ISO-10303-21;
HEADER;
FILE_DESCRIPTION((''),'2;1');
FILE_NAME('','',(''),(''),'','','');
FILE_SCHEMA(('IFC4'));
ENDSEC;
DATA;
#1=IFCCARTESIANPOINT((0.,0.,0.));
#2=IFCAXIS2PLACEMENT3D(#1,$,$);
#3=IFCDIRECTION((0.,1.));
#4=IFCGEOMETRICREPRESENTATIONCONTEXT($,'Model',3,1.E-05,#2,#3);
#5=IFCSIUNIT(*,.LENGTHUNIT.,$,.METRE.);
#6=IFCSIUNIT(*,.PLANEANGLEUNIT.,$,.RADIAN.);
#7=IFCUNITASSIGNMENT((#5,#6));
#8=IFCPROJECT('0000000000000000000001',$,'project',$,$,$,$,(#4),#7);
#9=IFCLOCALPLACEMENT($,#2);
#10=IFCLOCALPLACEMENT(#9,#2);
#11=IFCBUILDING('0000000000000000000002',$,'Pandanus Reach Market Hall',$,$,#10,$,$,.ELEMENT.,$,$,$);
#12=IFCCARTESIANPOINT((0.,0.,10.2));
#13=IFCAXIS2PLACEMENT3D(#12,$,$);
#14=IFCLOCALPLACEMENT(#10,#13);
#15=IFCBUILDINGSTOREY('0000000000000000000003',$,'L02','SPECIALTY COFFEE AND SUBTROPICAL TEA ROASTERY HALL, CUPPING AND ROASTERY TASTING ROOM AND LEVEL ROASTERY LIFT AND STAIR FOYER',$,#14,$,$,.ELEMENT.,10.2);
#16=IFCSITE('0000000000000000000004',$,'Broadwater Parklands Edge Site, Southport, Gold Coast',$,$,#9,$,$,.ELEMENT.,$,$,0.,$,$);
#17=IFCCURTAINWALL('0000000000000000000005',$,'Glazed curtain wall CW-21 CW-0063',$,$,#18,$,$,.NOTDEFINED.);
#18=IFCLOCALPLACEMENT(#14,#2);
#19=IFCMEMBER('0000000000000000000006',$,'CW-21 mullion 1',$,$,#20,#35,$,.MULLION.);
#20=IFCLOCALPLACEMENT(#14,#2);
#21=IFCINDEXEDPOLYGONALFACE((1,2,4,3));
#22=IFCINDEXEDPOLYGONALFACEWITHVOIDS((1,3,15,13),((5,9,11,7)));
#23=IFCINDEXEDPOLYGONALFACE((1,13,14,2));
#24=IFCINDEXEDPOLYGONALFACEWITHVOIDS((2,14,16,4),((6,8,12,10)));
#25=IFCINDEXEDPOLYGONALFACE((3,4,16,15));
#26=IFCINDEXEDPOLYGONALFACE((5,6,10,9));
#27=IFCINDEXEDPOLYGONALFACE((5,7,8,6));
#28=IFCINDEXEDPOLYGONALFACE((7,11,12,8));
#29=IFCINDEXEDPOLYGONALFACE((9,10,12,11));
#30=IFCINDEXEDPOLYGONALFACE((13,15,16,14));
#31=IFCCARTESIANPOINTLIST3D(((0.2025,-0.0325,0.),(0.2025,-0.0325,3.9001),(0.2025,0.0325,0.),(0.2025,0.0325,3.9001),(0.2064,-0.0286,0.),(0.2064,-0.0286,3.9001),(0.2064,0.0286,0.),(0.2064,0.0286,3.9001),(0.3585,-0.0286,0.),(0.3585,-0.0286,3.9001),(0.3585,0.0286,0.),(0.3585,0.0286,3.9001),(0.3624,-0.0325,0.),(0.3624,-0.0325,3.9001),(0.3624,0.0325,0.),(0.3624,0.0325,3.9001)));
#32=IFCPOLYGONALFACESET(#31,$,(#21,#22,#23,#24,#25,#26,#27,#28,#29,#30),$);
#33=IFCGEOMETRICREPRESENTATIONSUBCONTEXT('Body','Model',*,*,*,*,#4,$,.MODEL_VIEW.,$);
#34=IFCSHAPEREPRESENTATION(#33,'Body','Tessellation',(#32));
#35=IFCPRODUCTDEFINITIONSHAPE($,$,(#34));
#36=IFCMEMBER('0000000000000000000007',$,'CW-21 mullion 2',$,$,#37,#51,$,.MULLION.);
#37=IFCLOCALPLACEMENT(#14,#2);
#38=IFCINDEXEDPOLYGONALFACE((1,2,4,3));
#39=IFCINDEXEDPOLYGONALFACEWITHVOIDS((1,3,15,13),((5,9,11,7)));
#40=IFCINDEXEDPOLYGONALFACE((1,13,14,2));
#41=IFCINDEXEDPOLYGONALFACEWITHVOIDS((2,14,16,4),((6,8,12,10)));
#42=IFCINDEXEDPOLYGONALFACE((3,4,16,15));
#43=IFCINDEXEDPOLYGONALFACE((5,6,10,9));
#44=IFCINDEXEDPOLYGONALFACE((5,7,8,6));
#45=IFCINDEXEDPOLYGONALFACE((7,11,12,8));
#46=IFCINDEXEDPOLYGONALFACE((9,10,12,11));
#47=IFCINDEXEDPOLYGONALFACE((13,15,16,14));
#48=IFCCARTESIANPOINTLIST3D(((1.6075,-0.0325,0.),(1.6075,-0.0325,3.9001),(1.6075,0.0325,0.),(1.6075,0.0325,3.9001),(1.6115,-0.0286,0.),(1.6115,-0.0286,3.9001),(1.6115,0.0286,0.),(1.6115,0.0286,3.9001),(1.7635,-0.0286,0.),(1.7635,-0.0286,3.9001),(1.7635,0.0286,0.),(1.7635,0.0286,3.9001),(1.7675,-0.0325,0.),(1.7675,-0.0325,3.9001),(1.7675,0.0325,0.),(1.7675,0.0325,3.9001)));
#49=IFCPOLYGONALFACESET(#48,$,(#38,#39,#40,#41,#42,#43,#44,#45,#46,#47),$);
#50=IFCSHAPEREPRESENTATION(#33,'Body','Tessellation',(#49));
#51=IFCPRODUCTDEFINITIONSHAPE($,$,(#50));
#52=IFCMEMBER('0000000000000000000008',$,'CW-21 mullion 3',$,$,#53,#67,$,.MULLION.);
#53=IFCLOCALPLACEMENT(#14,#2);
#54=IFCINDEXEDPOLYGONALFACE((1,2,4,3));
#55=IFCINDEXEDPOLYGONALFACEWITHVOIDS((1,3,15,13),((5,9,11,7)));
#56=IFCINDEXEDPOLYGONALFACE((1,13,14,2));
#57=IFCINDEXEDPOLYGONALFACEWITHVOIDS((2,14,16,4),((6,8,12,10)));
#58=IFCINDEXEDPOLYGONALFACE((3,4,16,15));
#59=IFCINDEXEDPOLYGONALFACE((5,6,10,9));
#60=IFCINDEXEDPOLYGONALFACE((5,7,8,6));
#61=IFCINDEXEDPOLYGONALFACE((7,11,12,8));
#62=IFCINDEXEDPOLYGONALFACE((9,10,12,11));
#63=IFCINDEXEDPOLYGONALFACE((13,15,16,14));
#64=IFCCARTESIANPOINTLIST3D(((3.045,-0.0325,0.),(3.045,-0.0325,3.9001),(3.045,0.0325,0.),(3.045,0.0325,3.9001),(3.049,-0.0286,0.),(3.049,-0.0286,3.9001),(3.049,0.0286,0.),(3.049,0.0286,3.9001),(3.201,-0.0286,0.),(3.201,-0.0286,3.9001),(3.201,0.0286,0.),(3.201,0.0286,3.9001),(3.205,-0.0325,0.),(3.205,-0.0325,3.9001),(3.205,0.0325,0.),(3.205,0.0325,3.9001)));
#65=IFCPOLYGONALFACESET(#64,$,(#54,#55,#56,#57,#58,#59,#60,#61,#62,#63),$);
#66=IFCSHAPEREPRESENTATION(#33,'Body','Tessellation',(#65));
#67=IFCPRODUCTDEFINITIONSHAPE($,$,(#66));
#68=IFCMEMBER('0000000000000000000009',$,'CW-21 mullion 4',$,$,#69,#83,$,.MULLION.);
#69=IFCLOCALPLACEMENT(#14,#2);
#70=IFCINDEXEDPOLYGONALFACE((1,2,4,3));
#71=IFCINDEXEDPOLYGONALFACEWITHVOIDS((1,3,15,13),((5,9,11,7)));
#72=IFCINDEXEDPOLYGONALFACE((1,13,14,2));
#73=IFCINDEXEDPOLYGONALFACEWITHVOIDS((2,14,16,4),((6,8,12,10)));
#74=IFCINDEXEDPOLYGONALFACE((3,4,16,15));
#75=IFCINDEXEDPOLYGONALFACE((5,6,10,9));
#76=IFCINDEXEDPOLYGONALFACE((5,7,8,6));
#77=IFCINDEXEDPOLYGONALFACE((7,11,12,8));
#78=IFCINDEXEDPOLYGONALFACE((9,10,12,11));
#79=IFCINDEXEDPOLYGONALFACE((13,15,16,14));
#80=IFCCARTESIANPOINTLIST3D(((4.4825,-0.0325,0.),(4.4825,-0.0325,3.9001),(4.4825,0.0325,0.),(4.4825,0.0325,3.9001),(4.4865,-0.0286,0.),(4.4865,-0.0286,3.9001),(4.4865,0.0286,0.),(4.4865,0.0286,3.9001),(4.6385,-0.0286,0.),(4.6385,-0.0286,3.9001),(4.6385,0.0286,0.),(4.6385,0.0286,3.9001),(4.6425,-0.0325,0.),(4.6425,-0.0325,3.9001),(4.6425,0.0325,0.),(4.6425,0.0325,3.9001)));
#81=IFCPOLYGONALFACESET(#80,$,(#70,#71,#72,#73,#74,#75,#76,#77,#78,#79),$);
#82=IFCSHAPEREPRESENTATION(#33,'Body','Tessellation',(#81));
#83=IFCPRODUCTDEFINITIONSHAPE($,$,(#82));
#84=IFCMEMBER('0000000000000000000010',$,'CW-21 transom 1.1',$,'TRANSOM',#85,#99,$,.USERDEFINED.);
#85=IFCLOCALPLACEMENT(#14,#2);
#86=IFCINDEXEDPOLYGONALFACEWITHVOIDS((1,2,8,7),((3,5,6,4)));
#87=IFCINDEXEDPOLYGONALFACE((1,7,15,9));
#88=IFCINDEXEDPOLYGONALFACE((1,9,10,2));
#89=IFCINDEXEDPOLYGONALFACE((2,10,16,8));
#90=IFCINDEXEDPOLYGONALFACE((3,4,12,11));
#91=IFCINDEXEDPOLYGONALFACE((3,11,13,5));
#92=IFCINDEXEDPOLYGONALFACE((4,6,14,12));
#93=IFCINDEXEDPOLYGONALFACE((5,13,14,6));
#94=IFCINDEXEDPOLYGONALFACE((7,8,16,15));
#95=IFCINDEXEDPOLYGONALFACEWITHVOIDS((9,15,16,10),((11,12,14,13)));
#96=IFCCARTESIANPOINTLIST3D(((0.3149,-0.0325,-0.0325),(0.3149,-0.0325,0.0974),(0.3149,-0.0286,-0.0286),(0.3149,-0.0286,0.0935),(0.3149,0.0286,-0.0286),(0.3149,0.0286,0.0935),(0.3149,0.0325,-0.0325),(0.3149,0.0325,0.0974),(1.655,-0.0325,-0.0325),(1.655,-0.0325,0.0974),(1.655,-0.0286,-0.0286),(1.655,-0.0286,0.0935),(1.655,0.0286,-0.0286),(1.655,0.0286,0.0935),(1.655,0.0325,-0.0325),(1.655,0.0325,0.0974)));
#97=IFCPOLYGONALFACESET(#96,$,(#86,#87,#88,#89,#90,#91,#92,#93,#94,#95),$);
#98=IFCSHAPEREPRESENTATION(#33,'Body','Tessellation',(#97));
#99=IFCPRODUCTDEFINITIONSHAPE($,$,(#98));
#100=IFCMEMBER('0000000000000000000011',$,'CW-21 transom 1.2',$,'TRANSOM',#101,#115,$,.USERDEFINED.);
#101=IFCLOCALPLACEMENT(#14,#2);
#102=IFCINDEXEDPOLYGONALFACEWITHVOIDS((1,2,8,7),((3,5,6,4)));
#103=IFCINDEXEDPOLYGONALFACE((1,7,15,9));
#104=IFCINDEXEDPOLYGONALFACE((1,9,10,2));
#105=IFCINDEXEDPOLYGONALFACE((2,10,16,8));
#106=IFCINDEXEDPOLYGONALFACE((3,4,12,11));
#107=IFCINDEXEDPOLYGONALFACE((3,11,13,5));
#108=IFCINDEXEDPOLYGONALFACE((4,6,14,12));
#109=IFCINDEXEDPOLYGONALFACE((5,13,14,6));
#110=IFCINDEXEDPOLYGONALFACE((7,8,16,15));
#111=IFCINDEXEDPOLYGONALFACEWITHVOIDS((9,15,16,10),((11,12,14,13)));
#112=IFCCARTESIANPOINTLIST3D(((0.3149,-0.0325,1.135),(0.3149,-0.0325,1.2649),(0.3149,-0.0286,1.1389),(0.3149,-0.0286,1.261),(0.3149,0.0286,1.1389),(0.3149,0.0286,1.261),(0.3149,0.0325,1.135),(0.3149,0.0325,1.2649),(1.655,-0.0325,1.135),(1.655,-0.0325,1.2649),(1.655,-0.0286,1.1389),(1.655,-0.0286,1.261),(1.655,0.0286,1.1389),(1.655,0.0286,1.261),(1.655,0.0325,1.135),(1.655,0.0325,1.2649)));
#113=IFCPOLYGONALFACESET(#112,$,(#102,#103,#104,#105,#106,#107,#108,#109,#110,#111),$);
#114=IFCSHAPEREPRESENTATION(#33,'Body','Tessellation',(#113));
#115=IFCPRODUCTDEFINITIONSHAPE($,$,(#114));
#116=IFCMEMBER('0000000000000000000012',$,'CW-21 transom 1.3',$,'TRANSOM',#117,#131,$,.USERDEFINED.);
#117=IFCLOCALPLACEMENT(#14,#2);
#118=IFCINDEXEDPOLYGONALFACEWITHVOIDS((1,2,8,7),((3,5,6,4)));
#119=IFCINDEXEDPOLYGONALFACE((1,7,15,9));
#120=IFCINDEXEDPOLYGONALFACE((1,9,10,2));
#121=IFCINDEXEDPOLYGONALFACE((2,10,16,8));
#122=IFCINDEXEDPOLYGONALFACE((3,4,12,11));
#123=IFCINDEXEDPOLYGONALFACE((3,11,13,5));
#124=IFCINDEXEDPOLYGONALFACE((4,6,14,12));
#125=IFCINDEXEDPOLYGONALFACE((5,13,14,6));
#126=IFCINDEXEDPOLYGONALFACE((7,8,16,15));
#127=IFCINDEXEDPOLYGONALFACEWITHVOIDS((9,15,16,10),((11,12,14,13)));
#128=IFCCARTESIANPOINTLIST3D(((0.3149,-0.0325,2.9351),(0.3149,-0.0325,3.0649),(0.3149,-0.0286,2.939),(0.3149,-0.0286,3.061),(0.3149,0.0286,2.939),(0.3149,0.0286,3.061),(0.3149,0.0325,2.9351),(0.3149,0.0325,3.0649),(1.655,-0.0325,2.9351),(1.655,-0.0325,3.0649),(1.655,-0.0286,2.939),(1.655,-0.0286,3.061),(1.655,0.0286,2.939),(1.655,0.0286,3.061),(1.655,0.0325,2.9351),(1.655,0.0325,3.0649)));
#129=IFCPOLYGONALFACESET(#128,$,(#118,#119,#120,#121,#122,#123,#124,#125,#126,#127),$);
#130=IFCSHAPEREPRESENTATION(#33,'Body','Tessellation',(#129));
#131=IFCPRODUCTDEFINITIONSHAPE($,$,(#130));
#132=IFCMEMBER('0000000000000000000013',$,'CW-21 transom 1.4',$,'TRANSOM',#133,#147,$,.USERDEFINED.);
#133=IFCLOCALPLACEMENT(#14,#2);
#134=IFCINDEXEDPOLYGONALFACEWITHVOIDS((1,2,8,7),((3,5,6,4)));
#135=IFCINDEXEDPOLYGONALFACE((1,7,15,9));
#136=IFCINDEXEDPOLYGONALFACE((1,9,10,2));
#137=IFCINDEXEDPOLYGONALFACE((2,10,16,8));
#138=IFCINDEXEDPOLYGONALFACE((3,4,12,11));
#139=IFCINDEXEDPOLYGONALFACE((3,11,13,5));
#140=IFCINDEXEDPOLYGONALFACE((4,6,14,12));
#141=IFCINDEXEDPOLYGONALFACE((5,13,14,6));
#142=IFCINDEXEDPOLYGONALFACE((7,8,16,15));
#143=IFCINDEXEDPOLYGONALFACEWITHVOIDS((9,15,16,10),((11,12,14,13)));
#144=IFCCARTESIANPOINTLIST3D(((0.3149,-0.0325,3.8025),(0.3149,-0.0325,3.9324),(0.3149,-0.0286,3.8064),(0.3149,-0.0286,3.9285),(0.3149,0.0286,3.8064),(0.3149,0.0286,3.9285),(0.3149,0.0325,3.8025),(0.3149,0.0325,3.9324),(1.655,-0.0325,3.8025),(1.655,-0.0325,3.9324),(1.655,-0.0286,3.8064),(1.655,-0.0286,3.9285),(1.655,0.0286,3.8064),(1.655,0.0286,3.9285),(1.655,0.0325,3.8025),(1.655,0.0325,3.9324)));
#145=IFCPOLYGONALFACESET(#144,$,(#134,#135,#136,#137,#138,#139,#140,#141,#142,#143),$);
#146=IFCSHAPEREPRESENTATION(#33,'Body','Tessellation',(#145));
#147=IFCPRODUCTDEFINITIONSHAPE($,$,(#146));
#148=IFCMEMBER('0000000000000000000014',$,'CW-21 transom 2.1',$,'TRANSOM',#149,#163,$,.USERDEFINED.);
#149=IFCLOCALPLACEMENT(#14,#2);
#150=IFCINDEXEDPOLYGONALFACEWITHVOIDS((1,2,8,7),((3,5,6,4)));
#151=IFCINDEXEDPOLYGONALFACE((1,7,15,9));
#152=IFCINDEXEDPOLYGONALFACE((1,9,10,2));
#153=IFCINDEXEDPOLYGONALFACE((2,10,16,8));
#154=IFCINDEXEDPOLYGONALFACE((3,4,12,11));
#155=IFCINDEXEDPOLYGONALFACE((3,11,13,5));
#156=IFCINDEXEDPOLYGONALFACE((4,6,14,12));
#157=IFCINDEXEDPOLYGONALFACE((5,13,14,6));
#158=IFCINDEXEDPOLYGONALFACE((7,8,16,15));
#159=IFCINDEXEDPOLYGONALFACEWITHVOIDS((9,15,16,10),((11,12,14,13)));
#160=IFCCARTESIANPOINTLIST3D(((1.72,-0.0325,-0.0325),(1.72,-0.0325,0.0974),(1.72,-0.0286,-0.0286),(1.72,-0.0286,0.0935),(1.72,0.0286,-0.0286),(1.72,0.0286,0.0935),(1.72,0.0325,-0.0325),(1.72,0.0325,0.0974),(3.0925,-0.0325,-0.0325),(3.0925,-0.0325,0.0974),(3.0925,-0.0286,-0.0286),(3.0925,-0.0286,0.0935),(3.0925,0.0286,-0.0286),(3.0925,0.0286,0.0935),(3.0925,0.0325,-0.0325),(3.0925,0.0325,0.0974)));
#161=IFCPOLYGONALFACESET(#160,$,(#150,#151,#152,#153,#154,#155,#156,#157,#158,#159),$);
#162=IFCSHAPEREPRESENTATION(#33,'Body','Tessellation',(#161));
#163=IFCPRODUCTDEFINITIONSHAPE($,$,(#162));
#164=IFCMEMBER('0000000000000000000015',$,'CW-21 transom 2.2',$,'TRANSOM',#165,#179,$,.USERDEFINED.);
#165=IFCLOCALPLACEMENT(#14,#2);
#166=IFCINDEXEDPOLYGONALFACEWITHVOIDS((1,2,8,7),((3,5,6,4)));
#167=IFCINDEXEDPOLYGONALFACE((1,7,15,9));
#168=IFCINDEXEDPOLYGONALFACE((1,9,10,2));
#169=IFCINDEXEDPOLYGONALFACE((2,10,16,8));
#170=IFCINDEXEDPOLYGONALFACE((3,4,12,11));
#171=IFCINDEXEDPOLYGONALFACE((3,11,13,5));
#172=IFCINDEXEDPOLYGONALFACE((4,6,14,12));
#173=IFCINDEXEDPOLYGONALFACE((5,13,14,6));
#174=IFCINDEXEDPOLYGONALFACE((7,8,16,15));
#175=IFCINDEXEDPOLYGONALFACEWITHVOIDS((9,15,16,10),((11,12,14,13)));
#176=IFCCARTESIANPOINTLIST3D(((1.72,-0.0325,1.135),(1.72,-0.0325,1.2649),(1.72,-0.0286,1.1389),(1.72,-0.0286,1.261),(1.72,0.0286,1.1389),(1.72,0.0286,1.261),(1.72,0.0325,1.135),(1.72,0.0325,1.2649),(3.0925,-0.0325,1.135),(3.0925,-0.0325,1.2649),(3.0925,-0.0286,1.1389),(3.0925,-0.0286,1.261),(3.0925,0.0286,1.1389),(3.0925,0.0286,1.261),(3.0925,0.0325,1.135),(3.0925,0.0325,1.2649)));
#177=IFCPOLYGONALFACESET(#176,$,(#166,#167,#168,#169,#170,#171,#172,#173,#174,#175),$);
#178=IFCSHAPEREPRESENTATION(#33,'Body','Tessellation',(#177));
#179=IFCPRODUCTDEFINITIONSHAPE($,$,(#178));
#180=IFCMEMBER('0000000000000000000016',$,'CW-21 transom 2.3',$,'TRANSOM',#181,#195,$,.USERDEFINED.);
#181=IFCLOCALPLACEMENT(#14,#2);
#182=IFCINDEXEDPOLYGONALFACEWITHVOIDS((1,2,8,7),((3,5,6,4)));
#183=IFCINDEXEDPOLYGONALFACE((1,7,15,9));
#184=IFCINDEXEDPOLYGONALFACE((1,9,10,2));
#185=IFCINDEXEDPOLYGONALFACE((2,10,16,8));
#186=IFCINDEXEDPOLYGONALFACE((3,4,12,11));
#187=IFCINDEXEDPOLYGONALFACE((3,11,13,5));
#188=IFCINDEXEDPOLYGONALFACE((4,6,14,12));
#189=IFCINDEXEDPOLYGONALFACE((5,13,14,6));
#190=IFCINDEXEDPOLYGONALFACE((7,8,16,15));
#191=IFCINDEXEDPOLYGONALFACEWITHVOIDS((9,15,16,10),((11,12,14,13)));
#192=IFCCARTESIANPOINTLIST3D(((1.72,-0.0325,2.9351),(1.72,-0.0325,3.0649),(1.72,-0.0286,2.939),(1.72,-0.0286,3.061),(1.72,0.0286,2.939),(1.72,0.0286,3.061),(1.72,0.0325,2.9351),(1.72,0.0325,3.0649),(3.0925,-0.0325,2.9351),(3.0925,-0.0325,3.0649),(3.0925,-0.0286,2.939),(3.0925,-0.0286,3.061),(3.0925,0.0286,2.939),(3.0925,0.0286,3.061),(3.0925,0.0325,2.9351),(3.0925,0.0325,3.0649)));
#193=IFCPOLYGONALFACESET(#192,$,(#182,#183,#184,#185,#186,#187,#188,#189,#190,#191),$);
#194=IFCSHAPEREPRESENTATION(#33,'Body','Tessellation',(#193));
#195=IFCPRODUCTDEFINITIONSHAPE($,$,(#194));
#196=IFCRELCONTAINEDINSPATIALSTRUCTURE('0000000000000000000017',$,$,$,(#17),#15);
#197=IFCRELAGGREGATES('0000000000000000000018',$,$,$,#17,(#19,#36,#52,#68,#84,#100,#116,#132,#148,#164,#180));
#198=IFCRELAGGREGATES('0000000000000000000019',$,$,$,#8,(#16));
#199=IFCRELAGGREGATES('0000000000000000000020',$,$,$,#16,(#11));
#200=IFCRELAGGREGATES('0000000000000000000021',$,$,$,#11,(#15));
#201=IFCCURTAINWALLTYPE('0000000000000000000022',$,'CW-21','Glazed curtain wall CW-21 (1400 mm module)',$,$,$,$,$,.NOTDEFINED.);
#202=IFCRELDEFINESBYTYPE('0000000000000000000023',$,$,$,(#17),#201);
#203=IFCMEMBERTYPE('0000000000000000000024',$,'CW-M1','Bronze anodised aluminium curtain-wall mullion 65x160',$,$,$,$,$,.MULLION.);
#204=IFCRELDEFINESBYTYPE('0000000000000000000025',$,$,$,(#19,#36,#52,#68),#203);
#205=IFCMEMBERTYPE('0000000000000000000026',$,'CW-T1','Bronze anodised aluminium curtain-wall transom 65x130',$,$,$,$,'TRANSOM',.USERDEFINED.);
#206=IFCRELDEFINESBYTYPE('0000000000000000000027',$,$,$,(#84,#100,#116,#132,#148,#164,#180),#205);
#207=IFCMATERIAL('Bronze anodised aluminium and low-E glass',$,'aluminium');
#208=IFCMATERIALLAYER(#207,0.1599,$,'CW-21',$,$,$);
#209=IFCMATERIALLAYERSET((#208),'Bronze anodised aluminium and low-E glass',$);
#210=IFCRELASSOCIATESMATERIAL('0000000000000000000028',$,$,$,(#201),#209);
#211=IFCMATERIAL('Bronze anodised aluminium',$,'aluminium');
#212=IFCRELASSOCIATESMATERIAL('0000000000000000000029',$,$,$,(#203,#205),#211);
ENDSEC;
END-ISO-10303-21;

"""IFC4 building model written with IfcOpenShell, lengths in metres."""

from ifc_helpers import new_model, si_unit, direction, frame, origin, origin_2d, place, context, subcontext, project, spatial, hollow_rectangle, extrude, material, layer, layer_set, material_profile, profile_set, type_object, element, aggregate, save


model = new_model("IFC4")

# Units and contexts
model_context = context("Model", 3, precision=1e-05, world=origin(), true_north=direction((0.0, 1.0)))
body_context = subcontext(model_context, "Body", "Model", "MODEL_VIEW")
ifc_project = project(units=[si_unit("LENGTHUNIT", "METRE"), si_unit("PLANEANGLEUNIT", "RADIAN")], contexts=[model_context])

# Site, building, storey
site_placement = place(None, origin())
site = spatial("IfcSite", under=ifc_project, at=site_placement, Name="Broadwater Parklands Edge Site, Southport, Gold Coast", CompositionType="ELEMENT", RefElevation=0.0)
building_placement = place(site_placement, origin())
building = spatial("IfcBuilding", under=site, at=building_placement, Name="Pandanus Reach Market Hall", CompositionType="ELEMENT")
storey_placement = place(building_placement, frame((0.0, 0.0, 10.2)))
storey = spatial("IfcBuildingStorey", under=building, at=storey_placement, Name="L02", Description="SPECIALTY COFFEE AND SUBTROPICAL TEA ROASTERY HALL, CUPPING AND ROASTERY TASTING ROOM AND LEVEL ROASTERY LIFT AND STAIR FOYER", CompositionType="ELEMENT", Elevation=10.2)

# Curtain wall, members
ifc_material_1 = material(Name="Bronze anodised aluminium and low-E glass", Category="aluminium")
ifc_layer_1 = layer(ifc_material_1, 0.1599, Name="CW-21")
ifc_layer_set_1 = layer_set([ifc_layer_1], Name="Bronze anodised aluminium and low-E glass")
curtain_wall_type = type_object("IfcCurtainWallType", Name="CW-21", Description="Glazed curtain wall CW-21 (1400 mm module)", PredefinedType="NOTDEFINED", material=ifc_layer_set_1)
curtain_wall_placement = place(storey_placement, origin())
curtain_wall = element("IfcCurtainWall", 1, at=curtain_wall_placement, inside=storey, type_object=curtain_wall_type, Name="Glazed curtain wall CW-21 CW-0063", PredefinedType="NOTDEFINED")
ifc_material_2 = material(Name="Bronze anodised aluminium", Category="aluminium")
ifc_material_profile_1 = material_profile(ifc_material_2, hollow_rectangle(XDim=0.0649, YDim=0.1599, WallThickness=0.0039, at=origin_2d()), Name="ALU65x160", Category="LoadBearing")
ifc_profile_set_1 = profile_set([ifc_material_profile_1], Name="Bronze anodised aluminium")
member_type_1 = type_object("IfcMemberType", Name="CW-M1", Description="Bronze anodised aluminium curtain-wall mullion 65x160", PredefinedType="MULLION", material=ifc_profile_set_1)
member_1_placement = place(storey_placement, frame((0.2825, 0.0, 0.0), z_axis=(0.0, 0.0, 1.0), x_axis=(0.0, 1.0, 0.0)))
member_1 = element("IfcMember", 2, at=member_1_placement, type_object=member_type_1, Name="CW-21 mullion 1", PredefinedType="MULLION", context=body_context, shape_type="SweptSolid", body=[
    extrude(hollow_rectangle(XDim=0.0649, YDim=0.1599, WallThickness=0.0039, at=origin_2d()), origin(), (0.0, 0.0, 1.0), 3.9001),
])
member_2_placement = place(storey_placement, frame((1.6875, 0.0, 0.0), z_axis=(0.0, 0.0, 1.0), x_axis=(0.0, 1.0, 0.0)))
member_2 = element("IfcMember", 3, at=member_2_placement, type_object=member_type_1, Name="CW-21 mullion 2", PredefinedType="MULLION", context=body_context, shape_type="SweptSolid", body=[
    extrude(hollow_rectangle(XDim=0.0649, YDim=0.1599, WallThickness=0.0039, at=origin_2d()), origin(), (0.0, 0.0, 1.0), 3.9001),
])
member_3_placement = place(storey_placement, frame((3.125, 0.0, 0.0), z_axis=(0.0, 0.0, 1.0), x_axis=(0.0, 1.0, 0.0)))
member_3 = element("IfcMember", 4, at=member_3_placement, type_object=member_type_1, Name="CW-21 mullion 3", PredefinedType="MULLION", context=body_context, shape_type="SweptSolid", body=[
    extrude(hollow_rectangle(XDim=0.0649, YDim=0.1599, WallThickness=0.0039, at=origin_2d()), origin(), (0.0, 0.0, 1.0), 3.9001),
])
member_4_placement = place(storey_placement, frame((4.5625, 0.0, 0.0), z_axis=(0.0, 0.0, 1.0), x_axis=(0.0, 1.0, 0.0)))
member_4 = element("IfcMember", 5, at=member_4_placement, type_object=member_type_1, Name="CW-21 mullion 4", PredefinedType="MULLION", context=body_context, shape_type="SweptSolid", body=[
    extrude(hollow_rectangle(XDim=0.0649, YDim=0.1599, WallThickness=0.0039, at=origin_2d()), origin(), (0.0, 0.0, 1.0), 3.9001),
])
ifc_material_profile_2 = material_profile(ifc_material_2, hollow_rectangle(XDim=0.0649, YDim=0.1299, WallThickness=0.0039, at=origin_2d()), Name="ALU65x130", Category="LoadBearing")
ifc_profile_set_2 = profile_set([ifc_material_profile_2], Name="Bronze anodised aluminium")
member_type_2 = type_object("IfcMemberType", Name="CW-T1", Description="Bronze anodised aluminium curtain-wall transom 65x130", ElementType="TRANSOM", PredefinedType="USERDEFINED", material=ifc_profile_set_2)
member_5_placement = place(storey_placement, frame((0.3149, 0.0, 0.0325), z_axis=(1.0, 0.0, 0.0), x_axis=(0.0, 1.0, 0.0)))
member_5 = element("IfcMember", 6, at=member_5_placement, type_object=member_type_2, Name="CW-21 transom 1.1", ObjectType="TRANSOM", PredefinedType="USERDEFINED", context=body_context, shape_type="SweptSolid", body=[
    extrude(hollow_rectangle(XDim=0.0649, YDim=0.1299, WallThickness=0.0039, at=origin_2d()), origin(), (0.0, 0.0, 1.0), 1.3401),
])
member_6_placement = place(storey_placement, frame((0.3149, 0.0, 1.2), z_axis=(1.0, 0.0, 0.0), x_axis=(0.0, 1.0, 0.0)))
member_6 = element("IfcMember", 7, at=member_6_placement, type_object=member_type_2, Name="CW-21 transom 1.2", ObjectType="TRANSOM", PredefinedType="USERDEFINED", context=body_context, shape_type="SweptSolid", body=[
    extrude(hollow_rectangle(XDim=0.0649, YDim=0.1299, WallThickness=0.0039, at=origin_2d()), origin(), (0.0, 0.0, 1.0), 1.3401),
])
member_7_placement = place(storey_placement, frame((0.3149, 0.0, 3.0), z_axis=(1.0, 0.0, 0.0), x_axis=(0.0, 1.0, 0.0)))
member_7 = element("IfcMember", 8, at=member_7_placement, type_object=member_type_2, Name="CW-21 transom 1.3", ObjectType="TRANSOM", PredefinedType="USERDEFINED", context=body_context, shape_type="SweptSolid", body=[
    extrude(hollow_rectangle(XDim=0.0649, YDim=0.1299, WallThickness=0.0039, at=origin_2d()), origin(), (0.0, 0.0, 1.0), 1.3401),
])
member_8_placement = place(storey_placement, frame((0.3149, 0.0, 3.8674), z_axis=(1.0, 0.0, 0.0), x_axis=(0.0, 1.0, 0.0)))
member_8 = element("IfcMember", 9, at=member_8_placement, type_object=member_type_2, Name="CW-21 transom 1.4", ObjectType="TRANSOM", PredefinedType="USERDEFINED", context=body_context, shape_type="SweptSolid", body=[
    extrude(hollow_rectangle(XDim=0.0649, YDim=0.1299, WallThickness=0.0039, at=origin_2d()), origin(), (0.0, 0.0, 1.0), 1.3401),
])
member_9_placement = place(storey_placement, frame((1.72, 0.0, 0.0325), z_axis=(1.0, 0.0, 0.0), x_axis=(0.0, 1.0, 0.0)))
member_9 = element("IfcMember", 10, at=member_9_placement, type_object=member_type_2, Name="CW-21 transom 2.1", ObjectType="TRANSOM", PredefinedType="USERDEFINED", context=body_context, shape_type="SweptSolid", body=[
    extrude(hollow_rectangle(XDim=0.0649, YDim=0.1299, WallThickness=0.0039, at=origin_2d()), origin(), (0.0, 0.0, 1.0), 1.3726),
])
member_10_placement = place(storey_placement, frame((1.72, 0.0, 1.2), z_axis=(1.0, 0.0, 0.0), x_axis=(0.0, 1.0, 0.0)))
member_10 = element("IfcMember", 11, at=member_10_placement, type_object=member_type_2, Name="CW-21 transom 2.2", ObjectType="TRANSOM", PredefinedType="USERDEFINED", context=body_context, shape_type="SweptSolid", body=[
    extrude(hollow_rectangle(XDim=0.0649, YDim=0.1299, WallThickness=0.0039, at=origin_2d()), origin(), (0.0, 0.0, 1.0), 1.3726),
])
member_11_placement = place(storey_placement, frame((1.72, 0.0, 3.0), z_axis=(1.0, 0.0, 0.0), x_axis=(0.0, 1.0, 0.0)))
member_11 = element("IfcMember", 12, at=member_11_placement, type_object=member_type_2, Name="CW-21 transom 2.3", ObjectType="TRANSOM", PredefinedType="USERDEFINED", context=body_context, shape_type="SweptSolid", body=[
    extrude(hollow_rectangle(XDim=0.0649, YDim=0.1299, WallThickness=0.0039, at=origin_2d()), origin(), (0.0, 0.0, 1.0), 1.3726),
])
aggregate(curtain_wall, [member_1, member_2, member_3, member_4, member_5, member_6, member_7, member_8, member_9, member_10, member_11])

save(model, "model.ifc")
